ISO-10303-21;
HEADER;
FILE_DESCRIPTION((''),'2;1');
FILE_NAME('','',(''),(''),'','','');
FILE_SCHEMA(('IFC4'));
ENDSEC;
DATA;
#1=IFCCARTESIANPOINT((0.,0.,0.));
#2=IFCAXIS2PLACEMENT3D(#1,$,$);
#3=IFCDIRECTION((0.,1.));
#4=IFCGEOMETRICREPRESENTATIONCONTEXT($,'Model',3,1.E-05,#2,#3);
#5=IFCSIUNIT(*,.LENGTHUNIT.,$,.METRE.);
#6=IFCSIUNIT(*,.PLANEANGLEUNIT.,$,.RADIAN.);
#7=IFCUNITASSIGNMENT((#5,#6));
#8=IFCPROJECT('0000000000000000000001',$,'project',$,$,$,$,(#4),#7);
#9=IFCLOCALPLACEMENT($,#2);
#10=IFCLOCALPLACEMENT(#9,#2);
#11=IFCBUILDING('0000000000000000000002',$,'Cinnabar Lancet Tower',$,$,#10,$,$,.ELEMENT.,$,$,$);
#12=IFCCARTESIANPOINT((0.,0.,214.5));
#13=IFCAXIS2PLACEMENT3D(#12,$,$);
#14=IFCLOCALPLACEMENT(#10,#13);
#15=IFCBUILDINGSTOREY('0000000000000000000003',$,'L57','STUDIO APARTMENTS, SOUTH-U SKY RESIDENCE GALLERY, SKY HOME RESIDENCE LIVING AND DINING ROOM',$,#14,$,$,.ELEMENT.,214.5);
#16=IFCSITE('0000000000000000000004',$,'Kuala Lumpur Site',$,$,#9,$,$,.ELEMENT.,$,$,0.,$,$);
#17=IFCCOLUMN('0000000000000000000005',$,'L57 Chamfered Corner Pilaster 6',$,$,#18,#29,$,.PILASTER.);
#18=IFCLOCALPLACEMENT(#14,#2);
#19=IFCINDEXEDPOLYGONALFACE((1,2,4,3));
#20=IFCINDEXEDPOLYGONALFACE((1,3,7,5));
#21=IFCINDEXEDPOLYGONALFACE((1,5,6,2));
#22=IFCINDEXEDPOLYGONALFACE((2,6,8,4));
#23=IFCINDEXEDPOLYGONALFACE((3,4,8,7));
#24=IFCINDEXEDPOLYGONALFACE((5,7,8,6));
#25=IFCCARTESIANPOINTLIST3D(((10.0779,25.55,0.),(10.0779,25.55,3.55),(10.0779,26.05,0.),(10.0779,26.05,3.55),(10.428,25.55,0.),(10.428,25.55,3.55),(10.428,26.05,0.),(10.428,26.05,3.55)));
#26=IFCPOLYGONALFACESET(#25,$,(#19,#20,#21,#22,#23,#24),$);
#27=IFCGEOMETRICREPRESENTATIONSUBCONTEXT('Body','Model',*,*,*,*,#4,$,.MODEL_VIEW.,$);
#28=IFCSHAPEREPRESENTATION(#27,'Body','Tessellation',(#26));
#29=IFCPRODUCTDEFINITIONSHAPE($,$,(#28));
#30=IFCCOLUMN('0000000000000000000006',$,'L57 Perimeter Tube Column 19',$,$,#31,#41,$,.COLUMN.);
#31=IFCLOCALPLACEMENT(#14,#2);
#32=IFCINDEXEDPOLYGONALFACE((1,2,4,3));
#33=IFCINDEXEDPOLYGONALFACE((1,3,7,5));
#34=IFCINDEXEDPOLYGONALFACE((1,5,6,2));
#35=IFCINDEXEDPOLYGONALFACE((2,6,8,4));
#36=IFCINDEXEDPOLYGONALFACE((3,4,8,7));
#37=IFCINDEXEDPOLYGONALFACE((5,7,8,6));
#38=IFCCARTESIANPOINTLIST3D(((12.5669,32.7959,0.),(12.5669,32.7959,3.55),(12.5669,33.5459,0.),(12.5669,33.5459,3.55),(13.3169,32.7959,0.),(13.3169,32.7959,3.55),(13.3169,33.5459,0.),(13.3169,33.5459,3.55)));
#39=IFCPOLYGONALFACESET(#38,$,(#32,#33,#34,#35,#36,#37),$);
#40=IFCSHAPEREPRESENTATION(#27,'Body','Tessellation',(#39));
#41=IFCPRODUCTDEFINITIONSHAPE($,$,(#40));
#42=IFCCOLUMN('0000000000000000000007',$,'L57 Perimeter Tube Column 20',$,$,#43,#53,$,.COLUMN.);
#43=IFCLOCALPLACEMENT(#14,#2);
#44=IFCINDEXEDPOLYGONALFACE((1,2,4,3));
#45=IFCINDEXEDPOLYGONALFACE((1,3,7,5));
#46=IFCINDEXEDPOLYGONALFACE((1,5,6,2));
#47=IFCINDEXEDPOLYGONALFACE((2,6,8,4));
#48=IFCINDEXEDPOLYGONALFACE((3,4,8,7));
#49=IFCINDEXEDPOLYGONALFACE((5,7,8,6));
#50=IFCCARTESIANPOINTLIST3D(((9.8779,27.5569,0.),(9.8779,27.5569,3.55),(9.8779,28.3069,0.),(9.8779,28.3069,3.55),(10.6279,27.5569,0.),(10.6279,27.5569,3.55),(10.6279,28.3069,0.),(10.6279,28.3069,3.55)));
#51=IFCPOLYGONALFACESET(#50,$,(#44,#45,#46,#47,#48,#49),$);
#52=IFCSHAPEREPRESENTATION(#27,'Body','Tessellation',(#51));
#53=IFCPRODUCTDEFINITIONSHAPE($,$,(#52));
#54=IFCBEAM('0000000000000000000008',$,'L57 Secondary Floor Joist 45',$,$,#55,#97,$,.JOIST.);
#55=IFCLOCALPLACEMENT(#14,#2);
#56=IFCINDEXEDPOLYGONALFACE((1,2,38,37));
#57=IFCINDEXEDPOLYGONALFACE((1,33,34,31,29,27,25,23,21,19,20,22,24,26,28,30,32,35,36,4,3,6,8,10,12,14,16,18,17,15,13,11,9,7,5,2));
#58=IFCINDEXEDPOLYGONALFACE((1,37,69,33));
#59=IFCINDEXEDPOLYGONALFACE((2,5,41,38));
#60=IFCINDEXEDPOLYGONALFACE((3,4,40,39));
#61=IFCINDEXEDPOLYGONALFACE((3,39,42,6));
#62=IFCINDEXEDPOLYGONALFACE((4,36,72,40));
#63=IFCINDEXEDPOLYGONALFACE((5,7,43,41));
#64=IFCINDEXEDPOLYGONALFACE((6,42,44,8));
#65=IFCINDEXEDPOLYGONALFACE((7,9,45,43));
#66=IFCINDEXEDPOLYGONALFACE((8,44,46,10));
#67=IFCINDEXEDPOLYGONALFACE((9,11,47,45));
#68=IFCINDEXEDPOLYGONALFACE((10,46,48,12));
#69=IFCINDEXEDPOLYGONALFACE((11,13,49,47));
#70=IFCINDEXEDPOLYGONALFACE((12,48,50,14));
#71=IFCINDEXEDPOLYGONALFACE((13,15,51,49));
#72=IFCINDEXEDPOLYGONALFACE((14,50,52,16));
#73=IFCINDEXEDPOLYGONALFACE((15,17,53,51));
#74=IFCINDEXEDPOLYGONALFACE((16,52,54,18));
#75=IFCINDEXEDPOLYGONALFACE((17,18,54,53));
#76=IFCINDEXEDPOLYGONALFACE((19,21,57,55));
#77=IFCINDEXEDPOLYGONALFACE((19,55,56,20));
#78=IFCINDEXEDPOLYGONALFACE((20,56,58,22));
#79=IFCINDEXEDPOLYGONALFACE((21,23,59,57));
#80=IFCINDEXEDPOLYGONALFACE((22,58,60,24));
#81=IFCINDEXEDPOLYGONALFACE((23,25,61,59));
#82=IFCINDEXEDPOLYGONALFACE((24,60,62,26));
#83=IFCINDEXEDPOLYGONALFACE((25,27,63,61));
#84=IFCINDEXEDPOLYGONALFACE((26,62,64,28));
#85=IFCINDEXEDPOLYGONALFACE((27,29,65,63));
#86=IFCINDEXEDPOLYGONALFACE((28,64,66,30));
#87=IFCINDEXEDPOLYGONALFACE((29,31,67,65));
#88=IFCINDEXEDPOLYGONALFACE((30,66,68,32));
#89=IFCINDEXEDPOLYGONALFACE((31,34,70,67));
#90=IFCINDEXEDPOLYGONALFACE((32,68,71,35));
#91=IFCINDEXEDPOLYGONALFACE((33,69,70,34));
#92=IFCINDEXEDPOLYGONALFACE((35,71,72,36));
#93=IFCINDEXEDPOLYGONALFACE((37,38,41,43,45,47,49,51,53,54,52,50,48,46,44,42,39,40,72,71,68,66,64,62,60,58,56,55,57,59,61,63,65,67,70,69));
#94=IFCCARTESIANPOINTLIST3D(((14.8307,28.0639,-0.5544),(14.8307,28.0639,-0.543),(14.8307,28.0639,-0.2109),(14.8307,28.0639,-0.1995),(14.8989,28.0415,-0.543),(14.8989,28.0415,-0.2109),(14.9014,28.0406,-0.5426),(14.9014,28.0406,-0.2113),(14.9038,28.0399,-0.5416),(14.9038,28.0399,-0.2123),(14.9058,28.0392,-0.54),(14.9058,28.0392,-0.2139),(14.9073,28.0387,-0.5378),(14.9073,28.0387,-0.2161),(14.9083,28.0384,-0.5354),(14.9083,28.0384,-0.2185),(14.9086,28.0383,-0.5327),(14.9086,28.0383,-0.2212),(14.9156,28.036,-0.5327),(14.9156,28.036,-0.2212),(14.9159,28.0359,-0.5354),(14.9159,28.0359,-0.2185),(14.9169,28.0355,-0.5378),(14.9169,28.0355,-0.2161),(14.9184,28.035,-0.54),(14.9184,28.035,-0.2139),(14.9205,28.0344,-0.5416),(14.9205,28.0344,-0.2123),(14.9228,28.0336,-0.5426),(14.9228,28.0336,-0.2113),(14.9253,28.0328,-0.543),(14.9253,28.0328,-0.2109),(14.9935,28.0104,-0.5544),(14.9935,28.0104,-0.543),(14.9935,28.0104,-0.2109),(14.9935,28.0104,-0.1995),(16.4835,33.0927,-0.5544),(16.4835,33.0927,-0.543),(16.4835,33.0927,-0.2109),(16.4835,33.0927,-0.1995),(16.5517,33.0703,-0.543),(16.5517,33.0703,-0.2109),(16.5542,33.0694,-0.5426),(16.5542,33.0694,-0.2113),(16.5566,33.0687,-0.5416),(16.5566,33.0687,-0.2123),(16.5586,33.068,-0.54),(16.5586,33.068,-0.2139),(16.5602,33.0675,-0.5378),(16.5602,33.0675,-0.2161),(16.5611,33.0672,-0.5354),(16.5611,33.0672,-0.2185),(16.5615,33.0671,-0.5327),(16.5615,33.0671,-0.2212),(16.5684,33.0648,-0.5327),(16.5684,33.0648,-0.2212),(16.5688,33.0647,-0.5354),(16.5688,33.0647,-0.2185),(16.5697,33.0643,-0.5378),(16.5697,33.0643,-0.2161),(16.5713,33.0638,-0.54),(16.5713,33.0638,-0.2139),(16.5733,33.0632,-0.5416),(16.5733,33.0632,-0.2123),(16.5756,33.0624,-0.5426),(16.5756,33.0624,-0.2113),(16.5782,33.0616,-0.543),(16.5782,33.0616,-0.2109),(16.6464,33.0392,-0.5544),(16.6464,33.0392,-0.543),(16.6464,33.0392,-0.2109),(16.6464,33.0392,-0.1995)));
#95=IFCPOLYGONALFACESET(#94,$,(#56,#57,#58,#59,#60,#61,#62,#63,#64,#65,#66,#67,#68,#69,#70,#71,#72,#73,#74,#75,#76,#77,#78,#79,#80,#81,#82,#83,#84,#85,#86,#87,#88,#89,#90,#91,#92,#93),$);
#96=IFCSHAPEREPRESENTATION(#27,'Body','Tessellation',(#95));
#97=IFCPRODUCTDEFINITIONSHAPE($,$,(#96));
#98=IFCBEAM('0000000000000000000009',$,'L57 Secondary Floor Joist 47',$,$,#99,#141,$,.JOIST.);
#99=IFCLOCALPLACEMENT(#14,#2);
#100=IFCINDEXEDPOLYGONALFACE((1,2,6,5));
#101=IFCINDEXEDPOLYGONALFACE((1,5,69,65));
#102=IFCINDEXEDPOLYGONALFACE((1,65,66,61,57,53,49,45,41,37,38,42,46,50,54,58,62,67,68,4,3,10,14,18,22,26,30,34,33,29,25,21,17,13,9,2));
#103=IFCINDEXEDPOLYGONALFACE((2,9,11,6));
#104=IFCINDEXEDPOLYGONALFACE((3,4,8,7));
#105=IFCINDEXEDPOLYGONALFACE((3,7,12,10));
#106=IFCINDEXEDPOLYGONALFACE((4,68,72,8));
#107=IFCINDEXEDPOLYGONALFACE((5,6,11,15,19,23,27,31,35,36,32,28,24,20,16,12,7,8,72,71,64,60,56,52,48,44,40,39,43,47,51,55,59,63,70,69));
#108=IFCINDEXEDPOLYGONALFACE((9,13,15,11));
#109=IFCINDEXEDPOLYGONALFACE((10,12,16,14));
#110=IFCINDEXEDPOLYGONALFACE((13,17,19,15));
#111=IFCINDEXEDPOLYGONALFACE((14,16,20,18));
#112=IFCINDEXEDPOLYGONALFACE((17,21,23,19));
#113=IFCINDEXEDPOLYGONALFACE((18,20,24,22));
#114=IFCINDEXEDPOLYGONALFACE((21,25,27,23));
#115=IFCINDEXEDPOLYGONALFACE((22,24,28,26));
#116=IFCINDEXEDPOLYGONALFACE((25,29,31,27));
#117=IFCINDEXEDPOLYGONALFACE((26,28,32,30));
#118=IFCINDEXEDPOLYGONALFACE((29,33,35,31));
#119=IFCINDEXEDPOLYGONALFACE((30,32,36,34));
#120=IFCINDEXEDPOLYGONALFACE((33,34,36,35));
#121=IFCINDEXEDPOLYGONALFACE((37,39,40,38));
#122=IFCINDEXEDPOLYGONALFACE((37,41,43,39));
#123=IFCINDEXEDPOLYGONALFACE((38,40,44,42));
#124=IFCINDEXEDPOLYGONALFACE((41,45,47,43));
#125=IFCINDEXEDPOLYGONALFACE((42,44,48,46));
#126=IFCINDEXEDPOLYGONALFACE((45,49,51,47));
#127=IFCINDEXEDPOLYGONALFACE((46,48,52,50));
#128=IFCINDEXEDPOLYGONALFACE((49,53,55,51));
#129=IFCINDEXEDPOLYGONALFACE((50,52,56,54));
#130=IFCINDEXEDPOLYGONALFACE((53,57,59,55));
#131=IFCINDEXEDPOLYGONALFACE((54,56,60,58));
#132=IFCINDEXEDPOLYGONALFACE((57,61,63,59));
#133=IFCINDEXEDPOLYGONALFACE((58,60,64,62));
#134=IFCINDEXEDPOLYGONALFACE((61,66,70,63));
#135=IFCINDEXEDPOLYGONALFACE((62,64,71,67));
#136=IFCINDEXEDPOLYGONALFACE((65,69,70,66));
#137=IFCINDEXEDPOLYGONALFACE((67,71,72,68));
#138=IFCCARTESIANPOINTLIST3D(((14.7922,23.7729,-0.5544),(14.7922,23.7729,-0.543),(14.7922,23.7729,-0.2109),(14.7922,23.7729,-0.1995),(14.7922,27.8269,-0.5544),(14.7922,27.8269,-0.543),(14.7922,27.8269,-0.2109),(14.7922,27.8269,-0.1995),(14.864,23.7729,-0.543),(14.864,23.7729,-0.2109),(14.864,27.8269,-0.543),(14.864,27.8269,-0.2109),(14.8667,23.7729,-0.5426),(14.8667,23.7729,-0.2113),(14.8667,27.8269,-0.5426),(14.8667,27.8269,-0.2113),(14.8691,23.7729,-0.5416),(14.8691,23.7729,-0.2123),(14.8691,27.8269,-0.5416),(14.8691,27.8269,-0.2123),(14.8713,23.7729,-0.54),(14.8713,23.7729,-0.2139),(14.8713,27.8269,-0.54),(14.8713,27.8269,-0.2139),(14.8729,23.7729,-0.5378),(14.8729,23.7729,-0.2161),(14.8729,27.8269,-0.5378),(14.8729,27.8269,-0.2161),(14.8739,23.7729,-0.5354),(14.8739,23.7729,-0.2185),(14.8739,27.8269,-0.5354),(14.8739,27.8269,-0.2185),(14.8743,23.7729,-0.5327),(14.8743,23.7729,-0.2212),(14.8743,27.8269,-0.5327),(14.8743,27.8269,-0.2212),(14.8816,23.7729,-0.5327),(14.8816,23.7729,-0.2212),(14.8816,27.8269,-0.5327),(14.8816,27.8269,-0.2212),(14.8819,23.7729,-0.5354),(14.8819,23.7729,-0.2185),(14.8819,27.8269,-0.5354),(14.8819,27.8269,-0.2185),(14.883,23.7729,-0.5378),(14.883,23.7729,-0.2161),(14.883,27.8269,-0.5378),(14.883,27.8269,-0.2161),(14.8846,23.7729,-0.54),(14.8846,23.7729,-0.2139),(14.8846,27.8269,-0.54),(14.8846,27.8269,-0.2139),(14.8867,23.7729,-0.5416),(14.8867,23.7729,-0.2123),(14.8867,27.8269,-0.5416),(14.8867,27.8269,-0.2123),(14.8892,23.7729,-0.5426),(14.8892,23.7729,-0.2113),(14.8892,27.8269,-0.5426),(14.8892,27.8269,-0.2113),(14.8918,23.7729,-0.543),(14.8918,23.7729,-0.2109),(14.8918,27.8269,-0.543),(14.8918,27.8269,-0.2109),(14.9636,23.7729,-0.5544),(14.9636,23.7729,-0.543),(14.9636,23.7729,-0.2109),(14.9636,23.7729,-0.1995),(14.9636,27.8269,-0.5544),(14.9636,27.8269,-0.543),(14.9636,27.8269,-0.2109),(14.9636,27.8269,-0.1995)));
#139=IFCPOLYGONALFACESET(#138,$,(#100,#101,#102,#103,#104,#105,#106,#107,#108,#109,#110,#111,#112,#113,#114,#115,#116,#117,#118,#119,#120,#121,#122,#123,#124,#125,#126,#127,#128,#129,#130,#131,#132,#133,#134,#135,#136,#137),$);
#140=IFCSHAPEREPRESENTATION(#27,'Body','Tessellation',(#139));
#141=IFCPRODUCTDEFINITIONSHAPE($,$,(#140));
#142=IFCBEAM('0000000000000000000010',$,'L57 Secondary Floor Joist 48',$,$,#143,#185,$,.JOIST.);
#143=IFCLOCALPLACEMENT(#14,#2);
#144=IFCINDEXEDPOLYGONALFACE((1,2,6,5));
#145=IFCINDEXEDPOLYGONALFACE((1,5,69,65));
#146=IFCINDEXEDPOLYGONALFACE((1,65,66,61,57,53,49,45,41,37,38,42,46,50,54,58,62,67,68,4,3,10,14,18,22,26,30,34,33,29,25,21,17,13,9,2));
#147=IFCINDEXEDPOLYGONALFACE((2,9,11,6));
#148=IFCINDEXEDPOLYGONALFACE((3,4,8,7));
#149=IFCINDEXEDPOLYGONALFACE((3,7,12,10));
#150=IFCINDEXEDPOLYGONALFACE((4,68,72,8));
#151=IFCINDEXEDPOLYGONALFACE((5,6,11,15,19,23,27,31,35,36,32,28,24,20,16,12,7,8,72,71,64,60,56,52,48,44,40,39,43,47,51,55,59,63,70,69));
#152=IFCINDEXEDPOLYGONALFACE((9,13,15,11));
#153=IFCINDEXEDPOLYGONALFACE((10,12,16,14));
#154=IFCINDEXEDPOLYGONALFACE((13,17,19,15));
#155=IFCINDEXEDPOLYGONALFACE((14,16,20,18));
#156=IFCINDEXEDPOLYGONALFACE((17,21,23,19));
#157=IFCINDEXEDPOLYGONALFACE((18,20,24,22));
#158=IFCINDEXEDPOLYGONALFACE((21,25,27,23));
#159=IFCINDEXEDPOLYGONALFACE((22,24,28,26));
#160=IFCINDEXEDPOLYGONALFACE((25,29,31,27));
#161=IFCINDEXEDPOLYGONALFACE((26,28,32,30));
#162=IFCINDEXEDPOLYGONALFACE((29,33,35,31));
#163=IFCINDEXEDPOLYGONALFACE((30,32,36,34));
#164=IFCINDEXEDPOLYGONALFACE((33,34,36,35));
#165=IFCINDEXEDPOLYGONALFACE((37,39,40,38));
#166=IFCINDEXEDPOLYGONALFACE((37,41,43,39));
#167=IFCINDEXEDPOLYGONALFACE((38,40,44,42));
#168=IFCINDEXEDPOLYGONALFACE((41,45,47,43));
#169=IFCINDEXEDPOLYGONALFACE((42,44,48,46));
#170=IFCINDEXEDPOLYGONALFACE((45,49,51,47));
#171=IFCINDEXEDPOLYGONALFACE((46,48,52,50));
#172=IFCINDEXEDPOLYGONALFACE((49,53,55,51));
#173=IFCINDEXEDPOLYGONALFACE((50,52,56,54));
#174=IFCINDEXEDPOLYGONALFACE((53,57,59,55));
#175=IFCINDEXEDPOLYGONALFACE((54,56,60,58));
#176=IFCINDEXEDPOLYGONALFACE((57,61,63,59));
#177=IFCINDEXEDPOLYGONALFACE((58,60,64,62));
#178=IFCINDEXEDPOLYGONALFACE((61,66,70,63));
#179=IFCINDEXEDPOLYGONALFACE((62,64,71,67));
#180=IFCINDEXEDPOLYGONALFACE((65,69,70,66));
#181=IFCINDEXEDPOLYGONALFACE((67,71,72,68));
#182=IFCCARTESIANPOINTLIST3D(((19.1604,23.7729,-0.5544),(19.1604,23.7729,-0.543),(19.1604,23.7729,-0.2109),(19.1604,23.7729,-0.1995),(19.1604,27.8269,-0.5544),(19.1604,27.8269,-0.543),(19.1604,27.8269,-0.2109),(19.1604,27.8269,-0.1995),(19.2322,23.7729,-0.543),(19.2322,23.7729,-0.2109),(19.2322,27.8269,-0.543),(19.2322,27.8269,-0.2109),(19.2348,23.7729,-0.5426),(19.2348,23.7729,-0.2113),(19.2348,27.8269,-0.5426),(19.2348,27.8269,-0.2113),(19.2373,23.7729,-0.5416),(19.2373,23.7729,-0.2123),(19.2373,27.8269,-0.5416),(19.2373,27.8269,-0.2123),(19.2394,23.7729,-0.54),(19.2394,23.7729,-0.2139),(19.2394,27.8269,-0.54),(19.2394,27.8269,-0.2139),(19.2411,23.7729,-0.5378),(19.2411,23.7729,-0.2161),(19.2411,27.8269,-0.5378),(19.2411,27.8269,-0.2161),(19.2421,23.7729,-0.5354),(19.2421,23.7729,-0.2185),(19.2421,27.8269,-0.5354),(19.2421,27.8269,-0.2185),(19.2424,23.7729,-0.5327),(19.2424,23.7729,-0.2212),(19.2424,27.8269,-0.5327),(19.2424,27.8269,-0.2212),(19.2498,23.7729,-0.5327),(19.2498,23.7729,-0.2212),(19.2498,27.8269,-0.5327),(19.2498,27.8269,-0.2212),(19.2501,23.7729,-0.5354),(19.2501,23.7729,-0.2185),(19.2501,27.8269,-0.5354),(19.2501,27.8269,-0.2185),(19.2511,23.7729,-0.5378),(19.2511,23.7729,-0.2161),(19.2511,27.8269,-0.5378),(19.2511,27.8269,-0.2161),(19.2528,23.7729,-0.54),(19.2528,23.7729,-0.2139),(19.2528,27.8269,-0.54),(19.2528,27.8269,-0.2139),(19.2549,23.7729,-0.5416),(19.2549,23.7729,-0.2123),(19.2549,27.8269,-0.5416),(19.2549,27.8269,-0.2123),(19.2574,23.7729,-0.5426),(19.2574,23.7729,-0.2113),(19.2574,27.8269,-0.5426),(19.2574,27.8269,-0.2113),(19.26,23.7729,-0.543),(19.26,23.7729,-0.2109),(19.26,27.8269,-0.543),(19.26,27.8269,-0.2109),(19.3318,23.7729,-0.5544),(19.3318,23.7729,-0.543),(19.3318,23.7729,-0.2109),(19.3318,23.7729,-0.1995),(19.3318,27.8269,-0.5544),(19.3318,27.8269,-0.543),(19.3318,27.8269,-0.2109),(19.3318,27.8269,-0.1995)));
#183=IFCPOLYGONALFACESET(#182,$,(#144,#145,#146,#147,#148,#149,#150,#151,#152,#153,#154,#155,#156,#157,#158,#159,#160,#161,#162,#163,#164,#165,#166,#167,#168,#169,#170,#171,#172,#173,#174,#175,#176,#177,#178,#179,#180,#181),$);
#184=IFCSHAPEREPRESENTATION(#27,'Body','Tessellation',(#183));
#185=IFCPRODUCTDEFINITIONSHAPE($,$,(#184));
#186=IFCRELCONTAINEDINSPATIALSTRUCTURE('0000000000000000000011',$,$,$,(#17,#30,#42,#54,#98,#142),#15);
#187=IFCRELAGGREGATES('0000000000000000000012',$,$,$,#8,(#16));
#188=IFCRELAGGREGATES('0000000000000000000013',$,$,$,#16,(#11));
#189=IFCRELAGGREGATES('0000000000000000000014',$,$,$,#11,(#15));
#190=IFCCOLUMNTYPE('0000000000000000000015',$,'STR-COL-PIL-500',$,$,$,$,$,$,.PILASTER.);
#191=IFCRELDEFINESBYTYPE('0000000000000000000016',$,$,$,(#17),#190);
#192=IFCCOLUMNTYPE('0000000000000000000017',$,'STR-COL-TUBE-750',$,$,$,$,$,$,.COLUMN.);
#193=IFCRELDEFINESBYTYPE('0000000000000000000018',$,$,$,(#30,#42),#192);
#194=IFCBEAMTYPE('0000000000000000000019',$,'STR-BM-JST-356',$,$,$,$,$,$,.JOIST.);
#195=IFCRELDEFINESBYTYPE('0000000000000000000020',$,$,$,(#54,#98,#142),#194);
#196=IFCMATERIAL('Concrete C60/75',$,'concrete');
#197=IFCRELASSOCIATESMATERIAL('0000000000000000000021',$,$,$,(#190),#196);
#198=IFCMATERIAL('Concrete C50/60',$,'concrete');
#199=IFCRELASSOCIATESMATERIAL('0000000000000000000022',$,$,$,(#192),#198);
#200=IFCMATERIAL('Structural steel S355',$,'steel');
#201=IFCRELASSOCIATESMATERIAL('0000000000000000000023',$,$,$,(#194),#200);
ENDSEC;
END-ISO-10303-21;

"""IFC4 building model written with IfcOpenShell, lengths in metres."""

from ifc_helpers import new_model, si_unit, direction, frame, origin, origin_2d, place, context, subcontext, project, spatial, rectangle, i_section, extrude, material, material_profile, profile_set, type_object, element, save


model = new_model("IFC4")

# Units and contexts
model_context = context("Model", 3, precision=1e-05, world=origin(), true_north=direction((0.0, 1.0)))
body_context = subcontext(model_context, "Body", "Model", "MODEL_VIEW")
ifc_project = project(units=[si_unit("LENGTHUNIT", "METRE"), si_unit("PLANEANGLEUNIT", "RADIAN")], contexts=[model_context])

# Site, building, storey
site_placement = place(None, origin())
site = spatial("IfcSite", under=ifc_project, at=site_placement, Name="Kuala Lumpur Site", CompositionType="ELEMENT", RefElevation=0.0)
building_placement = place(site_placement, origin())
building = spatial("IfcBuilding", under=site, at=building_placement, Name="Cinnabar Lancet Tower", CompositionType="ELEMENT")
storey_placement = place(building_placement, frame((0.0, 0.0, 214.5)))
storey = spatial("IfcBuildingStorey", under=building, at=storey_placement, Name="L57", Description="STUDIO APARTMENTS, SOUTH-U SKY RESIDENCE GALLERY, SKY HOME RESIDENCE LIVING AND DINING ROOM", CompositionType="ELEMENT", Elevation=214.5)

# Columns
ifc_material_1 = material(Name="Concrete C60/75", Category="concrete")
ifc_material_profile_1 = material_profile(ifc_material_1, rectangle(XDim=0.5, YDim=0.3501, at=origin_2d()), Name="RC-PIL 500x350")
ifc_profile_set_1 = profile_set([ifc_material_profile_1], Name="Concrete C60/75")
column_type_1 = type_object("IfcColumnType", Name="STR-COL-PIL-500", PredefinedType="PILASTER", material=ifc_profile_set_1)
column_placement = place(storey_placement, frame((10.2529, 25.8, 0.0), z_axis=(0.0, 0.0, 1.0), x_axis=(0.0, -1.0, 0.0)))
element("IfcColumn", 1, at=column_placement, inside=storey, type_object=column_type_1, Name="L57 Chamfered Corner Pilaster 6", PredefinedType="PILASTER", context=body_context, shape_type="SweptSolid", body=[
    extrude(rectangle(XDim=0.5, YDim=0.3501, at=origin_2d()), origin(), (0.0, 0.0, 1.0), 3.55),
])
ifc_material_2 = material(Name="Concrete C50/60", Category="concrete")
ifc_material_profile_2 = material_profile(ifc_material_2, rectangle(XDim=0.75, YDim=0.75, at=origin_2d()), Name="RC-COL 750x750")
ifc_profile_set_2 = profile_set([ifc_material_profile_2], Name="Concrete C50/60")
column_type_2 = type_object("IfcColumnType", Name="STR-COL-TUBE-750", PredefinedType="COLUMN", material=ifc_profile_set_2)
for number, where, z_axis, x_axis, name in (
    (2, (12.9419, 33.1709, 0.0), (0.0, 0.0, 1.0), (1.0, 0.0, 0.0), "L57 Perimeter Tube Column 19"),
    (3, (10.2529, 27.9319, 0.0), (0.0, 0.0, 1.0), (1.0, 0.0, 0.0), "L57 Perimeter Tube Column 20"),
):
    element("IfcColumn", number, at=place(storey_placement, frame(where, z_axis=z_axis, x_axis=x_axis)), inside=storey, type_object=column_type_2, Name=name, PredefinedType="COLUMN", context=body_context, shape_type="SweptSolid", body=[
        extrude(rectangle(XDim=0.75, YDim=0.75, at=origin_2d()), origin(), (0.0, 0.0, 1.0), 3.55),
    ])

# Beams
ifc_material_3 = material(Name="Structural steel S355", Category="steel")
ifc_material_profile_3 = material_profile(ifc_material_3, i_section(OverallWidth=0.1714, OverallDepth=0.355, WebThickness=0.0073, FlangeThickness=0.0115, FilletRadius=0.0103, at=origin_2d()), Name="UKB 356x171x51")
ifc_profile_set_3 = profile_set([ifc_material_profile_3], Name="Structural steel S355")
beam_type_1 = type_object("IfcBeamType", Name="STR-BM-JST-356", PredefinedType="JOIST", material=ifc_profile_set_3)
beam_1_placement = place(storey_placement, frame((16.5649, 33.0659, -0.377), z_axis=(-0.31224, -0.950003, 0.0), x_axis=(0.950003, -0.31224, 0.0)))
element("IfcBeam", 4, at=beam_1_placement, inside=storey, type_object=beam_type_1, Name="L57 Secondary Floor Joist 45", PredefinedType="JOIST", context=body_context, shape_type="SweptSolid", body=[
    extrude(i_section(OverallWidth=0.1714, OverallDepth=0.355, WebThickness=0.0073, FlangeThickness=0.0115, FilletRadius=0.0103, at=origin_2d()), origin(), (0.0, 0.0, 1.0), 5.2935),
])
for number, where, z_axis, x_axis, name in (
    (5, (14.8779, 27.8269, -0.377), (0.0, -1.0, 0.0), (1.0, 0.0, 0.0), "L57 Secondary Floor Joist 47"),
    (6, (19.2461, 27.8269, -0.377), (0.0, -1.0, 0.0), (1.0, 0.0, 0.0), "L57 Secondary Floor Joist 48"),
):
    element("IfcBeam", number, at=place(storey_placement, frame(where, z_axis=z_axis, x_axis=x_axis)), inside=storey, type_object=beam_type_1, Name=name, PredefinedType="JOIST", context=body_context, shape_type="SweptSolid", body=[
        extrude(i_section(OverallWidth=0.1714, OverallDepth=0.355, WebThickness=0.0073, FlangeThickness=0.0115, FilletRadius=0.0103, at=origin_2d()), origin(), (0.0, 0.0, 1.0), 4.054),
    ])

save(model, "model.ifc")
